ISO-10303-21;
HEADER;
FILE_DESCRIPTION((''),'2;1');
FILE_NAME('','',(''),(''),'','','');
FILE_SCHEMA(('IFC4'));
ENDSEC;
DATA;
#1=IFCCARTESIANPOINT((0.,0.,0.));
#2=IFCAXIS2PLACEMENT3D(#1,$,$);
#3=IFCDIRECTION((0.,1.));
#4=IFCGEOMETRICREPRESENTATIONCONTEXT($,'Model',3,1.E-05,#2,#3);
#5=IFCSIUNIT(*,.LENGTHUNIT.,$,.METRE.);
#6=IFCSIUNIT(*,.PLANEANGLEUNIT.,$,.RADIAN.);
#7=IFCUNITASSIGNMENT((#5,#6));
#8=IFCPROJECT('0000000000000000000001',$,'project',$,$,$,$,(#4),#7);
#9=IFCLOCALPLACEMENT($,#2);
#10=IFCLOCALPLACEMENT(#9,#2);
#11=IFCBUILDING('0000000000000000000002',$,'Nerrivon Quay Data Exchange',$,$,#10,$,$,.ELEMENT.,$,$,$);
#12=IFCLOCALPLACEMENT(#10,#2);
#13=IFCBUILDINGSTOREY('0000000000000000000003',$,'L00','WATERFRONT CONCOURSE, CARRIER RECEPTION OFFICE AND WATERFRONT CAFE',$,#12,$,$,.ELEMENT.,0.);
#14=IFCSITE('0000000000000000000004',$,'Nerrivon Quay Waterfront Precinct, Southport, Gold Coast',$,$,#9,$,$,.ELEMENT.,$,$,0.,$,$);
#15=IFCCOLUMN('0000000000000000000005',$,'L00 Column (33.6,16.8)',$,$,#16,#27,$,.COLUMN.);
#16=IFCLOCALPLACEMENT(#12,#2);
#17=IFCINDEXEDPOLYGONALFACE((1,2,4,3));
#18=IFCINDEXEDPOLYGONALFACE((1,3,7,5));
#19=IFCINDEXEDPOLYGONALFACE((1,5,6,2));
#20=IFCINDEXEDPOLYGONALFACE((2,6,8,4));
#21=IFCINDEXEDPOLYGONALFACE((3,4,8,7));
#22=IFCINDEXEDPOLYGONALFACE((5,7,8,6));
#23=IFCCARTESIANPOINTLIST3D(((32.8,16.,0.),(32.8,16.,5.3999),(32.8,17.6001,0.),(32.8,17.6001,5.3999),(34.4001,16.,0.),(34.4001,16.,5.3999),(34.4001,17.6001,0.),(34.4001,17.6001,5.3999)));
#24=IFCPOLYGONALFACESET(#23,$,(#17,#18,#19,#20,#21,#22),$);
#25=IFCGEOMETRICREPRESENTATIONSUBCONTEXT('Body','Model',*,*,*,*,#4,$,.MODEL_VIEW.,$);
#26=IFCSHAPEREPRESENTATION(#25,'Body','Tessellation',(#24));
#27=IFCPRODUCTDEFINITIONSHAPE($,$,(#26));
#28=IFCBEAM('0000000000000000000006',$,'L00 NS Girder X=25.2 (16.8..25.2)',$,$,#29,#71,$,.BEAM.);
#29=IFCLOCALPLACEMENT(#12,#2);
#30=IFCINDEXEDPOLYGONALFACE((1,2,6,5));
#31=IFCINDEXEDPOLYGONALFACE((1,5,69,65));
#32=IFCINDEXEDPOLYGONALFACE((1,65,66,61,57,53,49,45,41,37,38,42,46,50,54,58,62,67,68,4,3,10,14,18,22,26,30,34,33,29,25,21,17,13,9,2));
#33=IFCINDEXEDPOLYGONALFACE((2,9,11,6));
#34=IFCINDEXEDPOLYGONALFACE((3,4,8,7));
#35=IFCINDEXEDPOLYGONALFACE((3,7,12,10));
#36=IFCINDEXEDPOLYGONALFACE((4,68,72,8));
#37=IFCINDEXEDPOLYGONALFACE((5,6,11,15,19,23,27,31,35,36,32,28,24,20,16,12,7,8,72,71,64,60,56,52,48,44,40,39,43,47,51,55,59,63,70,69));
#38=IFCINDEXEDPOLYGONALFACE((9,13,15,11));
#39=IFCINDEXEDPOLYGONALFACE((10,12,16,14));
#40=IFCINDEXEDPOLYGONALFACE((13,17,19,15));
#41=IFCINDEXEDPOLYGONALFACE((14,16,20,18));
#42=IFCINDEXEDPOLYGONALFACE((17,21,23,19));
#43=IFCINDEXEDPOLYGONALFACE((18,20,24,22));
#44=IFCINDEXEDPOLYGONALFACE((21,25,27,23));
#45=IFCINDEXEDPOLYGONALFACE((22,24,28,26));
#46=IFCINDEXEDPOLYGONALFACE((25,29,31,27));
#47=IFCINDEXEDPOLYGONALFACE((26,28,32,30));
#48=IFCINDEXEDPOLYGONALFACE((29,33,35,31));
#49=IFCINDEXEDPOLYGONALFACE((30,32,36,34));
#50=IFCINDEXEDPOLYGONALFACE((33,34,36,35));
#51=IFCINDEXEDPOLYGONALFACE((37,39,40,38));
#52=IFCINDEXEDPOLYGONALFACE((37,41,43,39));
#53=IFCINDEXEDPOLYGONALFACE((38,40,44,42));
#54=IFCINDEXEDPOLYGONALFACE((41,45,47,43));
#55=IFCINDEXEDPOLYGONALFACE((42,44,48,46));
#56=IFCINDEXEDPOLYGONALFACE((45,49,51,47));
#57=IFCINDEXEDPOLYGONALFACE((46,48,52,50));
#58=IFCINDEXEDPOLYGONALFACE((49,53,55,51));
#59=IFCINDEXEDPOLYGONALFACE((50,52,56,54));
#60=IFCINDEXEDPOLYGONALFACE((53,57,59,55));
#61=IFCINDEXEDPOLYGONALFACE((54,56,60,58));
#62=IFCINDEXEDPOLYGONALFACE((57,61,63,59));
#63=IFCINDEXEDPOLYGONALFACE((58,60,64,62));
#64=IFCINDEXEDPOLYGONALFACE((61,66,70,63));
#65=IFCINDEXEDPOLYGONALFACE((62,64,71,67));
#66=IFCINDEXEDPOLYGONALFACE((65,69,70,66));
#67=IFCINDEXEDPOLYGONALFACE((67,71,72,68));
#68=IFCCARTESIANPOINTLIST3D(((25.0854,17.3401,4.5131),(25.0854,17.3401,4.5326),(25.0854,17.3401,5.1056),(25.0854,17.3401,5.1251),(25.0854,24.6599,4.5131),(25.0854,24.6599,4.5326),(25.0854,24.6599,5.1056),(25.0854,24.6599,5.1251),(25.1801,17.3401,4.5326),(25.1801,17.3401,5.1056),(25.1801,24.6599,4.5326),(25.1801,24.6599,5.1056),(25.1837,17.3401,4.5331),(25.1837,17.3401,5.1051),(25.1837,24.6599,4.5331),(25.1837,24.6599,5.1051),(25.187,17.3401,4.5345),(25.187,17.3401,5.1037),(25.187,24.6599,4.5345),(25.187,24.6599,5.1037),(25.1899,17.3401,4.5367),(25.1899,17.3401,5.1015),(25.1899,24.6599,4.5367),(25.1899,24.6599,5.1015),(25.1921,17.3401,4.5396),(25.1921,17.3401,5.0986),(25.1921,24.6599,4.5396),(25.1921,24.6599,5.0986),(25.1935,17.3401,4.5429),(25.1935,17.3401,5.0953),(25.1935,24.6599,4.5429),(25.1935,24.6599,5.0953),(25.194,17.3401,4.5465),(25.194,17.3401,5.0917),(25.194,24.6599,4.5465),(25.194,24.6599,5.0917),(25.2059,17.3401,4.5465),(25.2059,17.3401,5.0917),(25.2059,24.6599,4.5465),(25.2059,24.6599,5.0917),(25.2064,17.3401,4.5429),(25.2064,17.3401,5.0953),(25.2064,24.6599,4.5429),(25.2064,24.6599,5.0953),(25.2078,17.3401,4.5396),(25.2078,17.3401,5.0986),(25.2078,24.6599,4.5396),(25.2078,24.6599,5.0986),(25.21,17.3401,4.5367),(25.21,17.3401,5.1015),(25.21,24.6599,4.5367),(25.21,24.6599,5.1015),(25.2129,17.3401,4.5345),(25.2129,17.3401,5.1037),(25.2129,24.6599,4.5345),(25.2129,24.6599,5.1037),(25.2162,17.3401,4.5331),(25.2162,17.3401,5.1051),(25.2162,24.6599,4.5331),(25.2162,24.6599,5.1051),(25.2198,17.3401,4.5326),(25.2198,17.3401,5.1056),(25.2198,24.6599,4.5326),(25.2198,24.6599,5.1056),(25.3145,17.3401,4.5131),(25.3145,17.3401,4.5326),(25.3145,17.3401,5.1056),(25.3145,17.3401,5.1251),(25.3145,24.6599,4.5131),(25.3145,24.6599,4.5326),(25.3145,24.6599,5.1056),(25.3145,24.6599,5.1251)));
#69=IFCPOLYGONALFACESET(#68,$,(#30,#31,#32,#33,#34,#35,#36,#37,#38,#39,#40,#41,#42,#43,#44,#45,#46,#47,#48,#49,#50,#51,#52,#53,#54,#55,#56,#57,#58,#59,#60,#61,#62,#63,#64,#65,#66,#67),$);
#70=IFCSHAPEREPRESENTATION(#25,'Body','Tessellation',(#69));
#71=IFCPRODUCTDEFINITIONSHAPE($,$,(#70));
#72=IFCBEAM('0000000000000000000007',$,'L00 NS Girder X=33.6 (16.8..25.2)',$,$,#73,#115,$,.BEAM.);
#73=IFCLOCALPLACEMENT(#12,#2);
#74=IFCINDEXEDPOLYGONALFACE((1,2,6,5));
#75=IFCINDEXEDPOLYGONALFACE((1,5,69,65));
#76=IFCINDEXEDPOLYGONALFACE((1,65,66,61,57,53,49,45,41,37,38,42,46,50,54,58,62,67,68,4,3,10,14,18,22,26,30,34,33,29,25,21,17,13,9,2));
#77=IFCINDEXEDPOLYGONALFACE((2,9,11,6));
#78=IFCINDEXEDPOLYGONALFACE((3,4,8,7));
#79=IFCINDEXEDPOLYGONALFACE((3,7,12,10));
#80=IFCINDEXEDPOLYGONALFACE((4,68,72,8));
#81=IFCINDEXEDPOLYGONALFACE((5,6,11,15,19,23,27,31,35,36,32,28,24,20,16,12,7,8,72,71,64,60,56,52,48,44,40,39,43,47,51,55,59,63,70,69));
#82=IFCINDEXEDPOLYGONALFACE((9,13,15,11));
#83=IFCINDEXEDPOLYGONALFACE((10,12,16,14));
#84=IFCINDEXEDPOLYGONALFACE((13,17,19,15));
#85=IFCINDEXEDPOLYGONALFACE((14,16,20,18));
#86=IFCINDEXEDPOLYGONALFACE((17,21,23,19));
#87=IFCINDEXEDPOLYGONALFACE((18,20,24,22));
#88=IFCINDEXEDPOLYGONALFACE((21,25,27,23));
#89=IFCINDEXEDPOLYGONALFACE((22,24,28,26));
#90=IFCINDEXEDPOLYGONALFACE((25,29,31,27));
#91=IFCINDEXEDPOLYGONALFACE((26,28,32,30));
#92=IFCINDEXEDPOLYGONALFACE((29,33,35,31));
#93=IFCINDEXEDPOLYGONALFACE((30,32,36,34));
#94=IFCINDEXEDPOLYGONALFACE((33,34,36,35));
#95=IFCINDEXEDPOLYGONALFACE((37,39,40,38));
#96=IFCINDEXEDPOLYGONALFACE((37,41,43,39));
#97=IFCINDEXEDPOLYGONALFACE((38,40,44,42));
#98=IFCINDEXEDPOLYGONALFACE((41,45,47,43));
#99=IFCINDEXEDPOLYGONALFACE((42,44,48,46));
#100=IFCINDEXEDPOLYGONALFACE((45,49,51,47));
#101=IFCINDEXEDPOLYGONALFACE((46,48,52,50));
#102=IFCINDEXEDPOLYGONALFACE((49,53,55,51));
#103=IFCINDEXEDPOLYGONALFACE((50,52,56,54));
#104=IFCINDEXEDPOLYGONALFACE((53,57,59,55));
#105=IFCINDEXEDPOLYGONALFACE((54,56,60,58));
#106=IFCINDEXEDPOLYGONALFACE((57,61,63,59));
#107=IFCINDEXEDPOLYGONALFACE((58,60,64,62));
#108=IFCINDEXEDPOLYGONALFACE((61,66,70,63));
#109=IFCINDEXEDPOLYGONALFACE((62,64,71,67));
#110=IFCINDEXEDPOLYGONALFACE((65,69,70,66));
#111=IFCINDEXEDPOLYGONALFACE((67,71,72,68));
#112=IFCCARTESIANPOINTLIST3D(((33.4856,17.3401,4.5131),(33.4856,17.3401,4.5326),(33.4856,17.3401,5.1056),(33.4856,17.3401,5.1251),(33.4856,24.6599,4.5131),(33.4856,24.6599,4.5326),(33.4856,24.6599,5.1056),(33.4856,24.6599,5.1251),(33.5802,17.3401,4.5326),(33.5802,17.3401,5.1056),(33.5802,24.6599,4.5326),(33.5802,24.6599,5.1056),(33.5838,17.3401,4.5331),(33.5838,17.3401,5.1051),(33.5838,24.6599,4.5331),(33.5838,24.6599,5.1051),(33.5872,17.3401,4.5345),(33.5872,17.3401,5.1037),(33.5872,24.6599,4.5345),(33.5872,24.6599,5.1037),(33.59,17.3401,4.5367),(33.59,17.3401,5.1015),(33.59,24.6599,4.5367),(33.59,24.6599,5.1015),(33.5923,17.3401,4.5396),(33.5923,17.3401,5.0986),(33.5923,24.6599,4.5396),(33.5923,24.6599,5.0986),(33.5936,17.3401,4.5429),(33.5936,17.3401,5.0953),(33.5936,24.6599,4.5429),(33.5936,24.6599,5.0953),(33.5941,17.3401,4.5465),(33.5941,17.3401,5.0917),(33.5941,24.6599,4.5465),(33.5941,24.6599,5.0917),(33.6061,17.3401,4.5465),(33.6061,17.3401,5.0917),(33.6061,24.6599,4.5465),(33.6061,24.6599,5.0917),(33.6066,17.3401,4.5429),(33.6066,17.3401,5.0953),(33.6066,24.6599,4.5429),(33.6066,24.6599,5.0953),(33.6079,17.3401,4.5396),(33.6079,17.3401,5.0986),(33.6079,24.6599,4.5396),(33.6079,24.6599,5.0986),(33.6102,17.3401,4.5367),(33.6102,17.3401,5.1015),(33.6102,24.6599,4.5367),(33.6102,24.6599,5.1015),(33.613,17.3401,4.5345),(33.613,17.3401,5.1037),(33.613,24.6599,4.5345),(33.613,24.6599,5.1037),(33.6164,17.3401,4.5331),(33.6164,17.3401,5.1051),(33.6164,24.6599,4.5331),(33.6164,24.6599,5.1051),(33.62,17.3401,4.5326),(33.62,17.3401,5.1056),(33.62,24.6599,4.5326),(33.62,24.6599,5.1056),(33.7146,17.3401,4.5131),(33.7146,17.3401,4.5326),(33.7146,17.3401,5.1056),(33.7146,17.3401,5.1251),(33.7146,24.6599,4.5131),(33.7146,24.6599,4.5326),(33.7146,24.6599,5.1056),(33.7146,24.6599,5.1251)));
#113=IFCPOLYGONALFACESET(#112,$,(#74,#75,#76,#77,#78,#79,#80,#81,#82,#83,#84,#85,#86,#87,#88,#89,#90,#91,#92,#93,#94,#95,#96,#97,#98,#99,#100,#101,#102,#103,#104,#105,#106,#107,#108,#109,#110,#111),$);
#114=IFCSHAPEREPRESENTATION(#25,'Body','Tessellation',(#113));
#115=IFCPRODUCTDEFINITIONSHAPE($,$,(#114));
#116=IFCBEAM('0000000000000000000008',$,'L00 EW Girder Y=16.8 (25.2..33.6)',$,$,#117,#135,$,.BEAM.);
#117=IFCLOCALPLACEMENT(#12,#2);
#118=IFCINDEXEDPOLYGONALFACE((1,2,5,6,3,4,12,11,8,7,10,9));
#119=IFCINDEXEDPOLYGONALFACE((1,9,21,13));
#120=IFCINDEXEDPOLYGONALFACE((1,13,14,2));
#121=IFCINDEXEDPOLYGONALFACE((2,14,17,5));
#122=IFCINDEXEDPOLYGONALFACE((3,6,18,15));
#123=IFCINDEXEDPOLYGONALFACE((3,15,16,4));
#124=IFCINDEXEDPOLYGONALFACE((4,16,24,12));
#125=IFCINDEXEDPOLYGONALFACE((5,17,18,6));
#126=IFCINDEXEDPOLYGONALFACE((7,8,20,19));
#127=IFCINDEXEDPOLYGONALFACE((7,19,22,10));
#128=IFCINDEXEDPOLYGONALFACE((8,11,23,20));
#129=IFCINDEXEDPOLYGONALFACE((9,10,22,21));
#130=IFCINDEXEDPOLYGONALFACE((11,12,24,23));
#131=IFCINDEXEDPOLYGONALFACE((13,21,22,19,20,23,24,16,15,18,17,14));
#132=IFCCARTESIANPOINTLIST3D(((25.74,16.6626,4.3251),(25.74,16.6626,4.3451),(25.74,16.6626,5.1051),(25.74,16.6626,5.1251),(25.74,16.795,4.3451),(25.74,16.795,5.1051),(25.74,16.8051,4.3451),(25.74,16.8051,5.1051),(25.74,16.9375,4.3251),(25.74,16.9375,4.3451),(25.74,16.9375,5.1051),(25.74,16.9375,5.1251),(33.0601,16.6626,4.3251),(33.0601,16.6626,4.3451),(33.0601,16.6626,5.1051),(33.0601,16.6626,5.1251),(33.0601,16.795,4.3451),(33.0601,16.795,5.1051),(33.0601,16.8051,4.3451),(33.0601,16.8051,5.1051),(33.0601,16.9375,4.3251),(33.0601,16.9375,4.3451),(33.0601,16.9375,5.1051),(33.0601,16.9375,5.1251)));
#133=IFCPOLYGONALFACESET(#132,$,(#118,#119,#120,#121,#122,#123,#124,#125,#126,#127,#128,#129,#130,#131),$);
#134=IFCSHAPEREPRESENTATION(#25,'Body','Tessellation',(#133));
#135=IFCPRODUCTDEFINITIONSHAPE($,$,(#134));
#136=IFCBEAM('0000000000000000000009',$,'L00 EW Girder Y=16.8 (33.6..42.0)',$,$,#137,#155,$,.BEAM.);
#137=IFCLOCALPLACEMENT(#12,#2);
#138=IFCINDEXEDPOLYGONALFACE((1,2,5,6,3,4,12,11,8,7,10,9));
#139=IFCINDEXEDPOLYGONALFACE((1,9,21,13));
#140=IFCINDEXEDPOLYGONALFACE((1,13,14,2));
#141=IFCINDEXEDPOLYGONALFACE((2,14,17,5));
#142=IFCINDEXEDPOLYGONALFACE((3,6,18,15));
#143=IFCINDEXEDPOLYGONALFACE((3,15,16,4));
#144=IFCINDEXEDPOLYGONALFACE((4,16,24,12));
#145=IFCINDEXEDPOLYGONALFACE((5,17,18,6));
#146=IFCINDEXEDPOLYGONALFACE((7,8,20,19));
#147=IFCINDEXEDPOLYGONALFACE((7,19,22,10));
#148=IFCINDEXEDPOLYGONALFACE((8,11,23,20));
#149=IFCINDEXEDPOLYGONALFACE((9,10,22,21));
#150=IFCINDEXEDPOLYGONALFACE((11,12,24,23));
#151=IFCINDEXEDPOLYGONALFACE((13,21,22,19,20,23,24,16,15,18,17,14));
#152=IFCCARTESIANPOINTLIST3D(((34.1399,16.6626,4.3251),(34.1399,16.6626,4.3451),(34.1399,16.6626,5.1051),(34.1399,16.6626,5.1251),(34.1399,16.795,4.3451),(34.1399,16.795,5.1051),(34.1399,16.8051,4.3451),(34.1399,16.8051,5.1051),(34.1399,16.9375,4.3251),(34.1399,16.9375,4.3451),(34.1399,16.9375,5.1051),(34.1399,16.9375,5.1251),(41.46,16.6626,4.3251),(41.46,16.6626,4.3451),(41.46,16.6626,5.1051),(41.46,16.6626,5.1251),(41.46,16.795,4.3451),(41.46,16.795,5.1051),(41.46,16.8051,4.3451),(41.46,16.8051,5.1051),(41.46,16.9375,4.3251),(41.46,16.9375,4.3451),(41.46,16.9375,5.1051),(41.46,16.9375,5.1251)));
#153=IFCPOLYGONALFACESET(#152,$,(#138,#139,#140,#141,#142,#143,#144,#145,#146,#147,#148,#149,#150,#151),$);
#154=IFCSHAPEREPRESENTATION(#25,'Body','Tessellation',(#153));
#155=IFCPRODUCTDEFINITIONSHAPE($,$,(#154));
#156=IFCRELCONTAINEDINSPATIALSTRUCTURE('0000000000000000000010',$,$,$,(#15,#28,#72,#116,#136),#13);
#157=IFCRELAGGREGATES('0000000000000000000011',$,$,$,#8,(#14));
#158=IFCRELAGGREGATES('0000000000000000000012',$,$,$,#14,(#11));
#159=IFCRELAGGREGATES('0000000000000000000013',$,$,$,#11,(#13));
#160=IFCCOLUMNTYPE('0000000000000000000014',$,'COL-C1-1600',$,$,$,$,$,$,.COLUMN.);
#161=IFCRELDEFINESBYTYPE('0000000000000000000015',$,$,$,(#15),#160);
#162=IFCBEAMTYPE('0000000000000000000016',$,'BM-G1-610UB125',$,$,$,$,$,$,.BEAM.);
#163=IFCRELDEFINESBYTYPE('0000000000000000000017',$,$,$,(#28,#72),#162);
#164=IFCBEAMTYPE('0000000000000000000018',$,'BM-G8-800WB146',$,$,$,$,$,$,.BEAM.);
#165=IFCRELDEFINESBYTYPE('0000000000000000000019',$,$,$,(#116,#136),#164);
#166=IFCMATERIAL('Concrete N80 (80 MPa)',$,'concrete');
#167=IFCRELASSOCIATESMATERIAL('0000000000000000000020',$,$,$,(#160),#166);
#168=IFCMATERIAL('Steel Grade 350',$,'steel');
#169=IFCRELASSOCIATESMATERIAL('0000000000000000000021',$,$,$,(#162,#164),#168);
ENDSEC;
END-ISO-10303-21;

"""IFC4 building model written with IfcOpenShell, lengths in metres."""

from ifc_helpers import new_model, si_unit, direction, frame, origin, origin_2d, place, context, subcontext, project, spatial, rectangle, i_section, extrude, material, material_profile, profile_set, type_object, element, save


model = new_model("IFC4")

# Units and contexts
model_context = context("Model", 3, precision=1e-05, world=origin(), true_north=direction((0.0, 1.0)))
body_context = subcontext(model_context, "Body", "Model", "MODEL_VIEW")
ifc_project = project(units=[si_unit("LENGTHUNIT", "METRE"), si_unit("PLANEANGLEUNIT", "RADIAN")], contexts=[model_context])

# Site, building, storey
site_placement = place(None, origin())
site = spatial("IfcSite", under=ifc_project, at=site_placement, Name="Nerrivon Quay Waterfront Precinct, Southport, Gold Coast", CompositionType="ELEMENT", RefElevation=0.0)
building_placement = place(site_placement, origin())
building = spatial("IfcBuilding", under=site, at=building_placement, Name="Nerrivon Quay Data Exchange", CompositionType="ELEMENT")
storey_placement = place(building_placement, origin())
storey = spatial("IfcBuildingStorey", under=building, at=storey_placement, Name="L00", Description="WATERFRONT CONCOURSE, CARRIER RECEPTION OFFICE AND WATERFRONT CAFE", CompositionType="ELEMENT", Elevation=0.0)

# Column
ifc_material_1 = material(Name="Concrete N80 (80 MPa)", Category="concrete")
ifc_material_profile_1 = material_profile(ifc_material_1, rectangle(XDim=1.6001, YDim=1.6001, at=origin_2d()), Name="RC-COL-1600x1600")
ifc_profile_set_1 = profile_set([ifc_material_profile_1], Name="Concrete N80 (80 MPa)")
column_type = type_object("IfcColumnType", Name="COL-C1-1600", PredefinedType="COLUMN", material=ifc_profile_set_1)
column_placement = place(storey_placement, frame((33.6001, 16.8, 0.0), z_axis=(0.0, 0.0, 1.0), x_axis=(1.0, 0.0, 0.0)))
element("IfcColumn", 1, at=column_placement, inside=storey, type_object=column_type, Name="L00 Column (33.6,16.8)", PredefinedType="COLUMN", context=body_context, shape_type="SweptSolid", body=[
    extrude(rectangle(XDim=1.6001, YDim=1.6001, at=origin_2d()), origin(), (0.0, 0.0, 1.0), 5.3999),
])

# Beams
ifc_material_2 = material(Name="Steel Grade 350", Category="steel")
ifc_material_profile_2 = material_profile(ifc_material_2, i_section(OverallWidth=0.229, OverallDepth=0.6121, WebThickness=0.012, FlangeThickness=0.0195, FilletRadius=0.0139, at=origin_2d()), Name="610UB125")
ifc_profile_set_2 = profile_set([ifc_material_profile_2], Name="Steel Grade 350")
beam_type_1 = type_object("IfcBeamType", Name="BM-G1-610UB125", PredefinedType="BEAM", material=ifc_profile_set_2)
for number, where, z_axis, x_axis, name in (
    (2, (25.2, 17.3401, 4.8191), (0.0, 1.0, 0.0), (-1.0, 0.0, 0.0), "L00 NS Girder X=25.2 (16.8..25.2)"),
    (3, (33.6001, 17.3401, 4.8191), (0.0, 1.0, 0.0), (-1.0, 0.0, 0.0), "L00 NS Girder X=33.6 (16.8..25.2)"),
):
    element("IfcBeam", number, at=place(storey_placement, frame(where, z_axis=z_axis, x_axis=x_axis)), inside=storey, type_object=beam_type_1, Name=name, PredefinedType="BEAM", context=body_context, shape_type="SweptSolid", body=[
        extrude(i_section(OverallWidth=0.229, OverallDepth=0.6121, WebThickness=0.012, FlangeThickness=0.0195, FilletRadius=0.0139, at=origin_2d()), origin(), (0.0, 0.0, 1.0), 7.3198),
    ])
ifc_material_profile_3 = material_profile(ifc_material_2, i_section(OverallWidth=0.2749, OverallDepth=0.8, WebThickness=0.01, FlangeThickness=0.02, at=origin_2d()), Name="800WB146")
ifc_profile_set_3 = profile_set([ifc_material_profile_3], Name="Steel Grade 350")
beam_type_2 = type_object("IfcBeamType", Name="BM-G8-800WB146", PredefinedType="BEAM", material=ifc_profile_set_3)
for number, where, z_axis, x_axis, name in (
    (4, (25.74, 16.8, 4.7251), (1.0, 0.0, 0.0), (0.0, 1.0, 0.0), "L00 EW Girder Y=16.8 (25.2..33.6)"),
    (5, (34.1399, 16.8, 4.7251), (1.0, 0.0, 0.0), (0.0, 1.0, 0.0), "L00 EW Girder Y=16.8 (33.6..42.0)"),
):
    element("IfcBeam", number, at=place(storey_placement, frame(where, z_axis=z_axis, x_axis=x_axis)), inside=storey, type_object=beam_type_2, Name=name, PredefinedType="BEAM", context=body_context, shape_type="SweptSolid", body=[
        extrude(i_section(OverallWidth=0.2749, OverallDepth=0.8, WebThickness=0.01, FlangeThickness=0.02, at=origin_2d()), origin(), (0.0, 0.0, 1.0), 7.3201),
    ])

save(model, "model.ifc")
